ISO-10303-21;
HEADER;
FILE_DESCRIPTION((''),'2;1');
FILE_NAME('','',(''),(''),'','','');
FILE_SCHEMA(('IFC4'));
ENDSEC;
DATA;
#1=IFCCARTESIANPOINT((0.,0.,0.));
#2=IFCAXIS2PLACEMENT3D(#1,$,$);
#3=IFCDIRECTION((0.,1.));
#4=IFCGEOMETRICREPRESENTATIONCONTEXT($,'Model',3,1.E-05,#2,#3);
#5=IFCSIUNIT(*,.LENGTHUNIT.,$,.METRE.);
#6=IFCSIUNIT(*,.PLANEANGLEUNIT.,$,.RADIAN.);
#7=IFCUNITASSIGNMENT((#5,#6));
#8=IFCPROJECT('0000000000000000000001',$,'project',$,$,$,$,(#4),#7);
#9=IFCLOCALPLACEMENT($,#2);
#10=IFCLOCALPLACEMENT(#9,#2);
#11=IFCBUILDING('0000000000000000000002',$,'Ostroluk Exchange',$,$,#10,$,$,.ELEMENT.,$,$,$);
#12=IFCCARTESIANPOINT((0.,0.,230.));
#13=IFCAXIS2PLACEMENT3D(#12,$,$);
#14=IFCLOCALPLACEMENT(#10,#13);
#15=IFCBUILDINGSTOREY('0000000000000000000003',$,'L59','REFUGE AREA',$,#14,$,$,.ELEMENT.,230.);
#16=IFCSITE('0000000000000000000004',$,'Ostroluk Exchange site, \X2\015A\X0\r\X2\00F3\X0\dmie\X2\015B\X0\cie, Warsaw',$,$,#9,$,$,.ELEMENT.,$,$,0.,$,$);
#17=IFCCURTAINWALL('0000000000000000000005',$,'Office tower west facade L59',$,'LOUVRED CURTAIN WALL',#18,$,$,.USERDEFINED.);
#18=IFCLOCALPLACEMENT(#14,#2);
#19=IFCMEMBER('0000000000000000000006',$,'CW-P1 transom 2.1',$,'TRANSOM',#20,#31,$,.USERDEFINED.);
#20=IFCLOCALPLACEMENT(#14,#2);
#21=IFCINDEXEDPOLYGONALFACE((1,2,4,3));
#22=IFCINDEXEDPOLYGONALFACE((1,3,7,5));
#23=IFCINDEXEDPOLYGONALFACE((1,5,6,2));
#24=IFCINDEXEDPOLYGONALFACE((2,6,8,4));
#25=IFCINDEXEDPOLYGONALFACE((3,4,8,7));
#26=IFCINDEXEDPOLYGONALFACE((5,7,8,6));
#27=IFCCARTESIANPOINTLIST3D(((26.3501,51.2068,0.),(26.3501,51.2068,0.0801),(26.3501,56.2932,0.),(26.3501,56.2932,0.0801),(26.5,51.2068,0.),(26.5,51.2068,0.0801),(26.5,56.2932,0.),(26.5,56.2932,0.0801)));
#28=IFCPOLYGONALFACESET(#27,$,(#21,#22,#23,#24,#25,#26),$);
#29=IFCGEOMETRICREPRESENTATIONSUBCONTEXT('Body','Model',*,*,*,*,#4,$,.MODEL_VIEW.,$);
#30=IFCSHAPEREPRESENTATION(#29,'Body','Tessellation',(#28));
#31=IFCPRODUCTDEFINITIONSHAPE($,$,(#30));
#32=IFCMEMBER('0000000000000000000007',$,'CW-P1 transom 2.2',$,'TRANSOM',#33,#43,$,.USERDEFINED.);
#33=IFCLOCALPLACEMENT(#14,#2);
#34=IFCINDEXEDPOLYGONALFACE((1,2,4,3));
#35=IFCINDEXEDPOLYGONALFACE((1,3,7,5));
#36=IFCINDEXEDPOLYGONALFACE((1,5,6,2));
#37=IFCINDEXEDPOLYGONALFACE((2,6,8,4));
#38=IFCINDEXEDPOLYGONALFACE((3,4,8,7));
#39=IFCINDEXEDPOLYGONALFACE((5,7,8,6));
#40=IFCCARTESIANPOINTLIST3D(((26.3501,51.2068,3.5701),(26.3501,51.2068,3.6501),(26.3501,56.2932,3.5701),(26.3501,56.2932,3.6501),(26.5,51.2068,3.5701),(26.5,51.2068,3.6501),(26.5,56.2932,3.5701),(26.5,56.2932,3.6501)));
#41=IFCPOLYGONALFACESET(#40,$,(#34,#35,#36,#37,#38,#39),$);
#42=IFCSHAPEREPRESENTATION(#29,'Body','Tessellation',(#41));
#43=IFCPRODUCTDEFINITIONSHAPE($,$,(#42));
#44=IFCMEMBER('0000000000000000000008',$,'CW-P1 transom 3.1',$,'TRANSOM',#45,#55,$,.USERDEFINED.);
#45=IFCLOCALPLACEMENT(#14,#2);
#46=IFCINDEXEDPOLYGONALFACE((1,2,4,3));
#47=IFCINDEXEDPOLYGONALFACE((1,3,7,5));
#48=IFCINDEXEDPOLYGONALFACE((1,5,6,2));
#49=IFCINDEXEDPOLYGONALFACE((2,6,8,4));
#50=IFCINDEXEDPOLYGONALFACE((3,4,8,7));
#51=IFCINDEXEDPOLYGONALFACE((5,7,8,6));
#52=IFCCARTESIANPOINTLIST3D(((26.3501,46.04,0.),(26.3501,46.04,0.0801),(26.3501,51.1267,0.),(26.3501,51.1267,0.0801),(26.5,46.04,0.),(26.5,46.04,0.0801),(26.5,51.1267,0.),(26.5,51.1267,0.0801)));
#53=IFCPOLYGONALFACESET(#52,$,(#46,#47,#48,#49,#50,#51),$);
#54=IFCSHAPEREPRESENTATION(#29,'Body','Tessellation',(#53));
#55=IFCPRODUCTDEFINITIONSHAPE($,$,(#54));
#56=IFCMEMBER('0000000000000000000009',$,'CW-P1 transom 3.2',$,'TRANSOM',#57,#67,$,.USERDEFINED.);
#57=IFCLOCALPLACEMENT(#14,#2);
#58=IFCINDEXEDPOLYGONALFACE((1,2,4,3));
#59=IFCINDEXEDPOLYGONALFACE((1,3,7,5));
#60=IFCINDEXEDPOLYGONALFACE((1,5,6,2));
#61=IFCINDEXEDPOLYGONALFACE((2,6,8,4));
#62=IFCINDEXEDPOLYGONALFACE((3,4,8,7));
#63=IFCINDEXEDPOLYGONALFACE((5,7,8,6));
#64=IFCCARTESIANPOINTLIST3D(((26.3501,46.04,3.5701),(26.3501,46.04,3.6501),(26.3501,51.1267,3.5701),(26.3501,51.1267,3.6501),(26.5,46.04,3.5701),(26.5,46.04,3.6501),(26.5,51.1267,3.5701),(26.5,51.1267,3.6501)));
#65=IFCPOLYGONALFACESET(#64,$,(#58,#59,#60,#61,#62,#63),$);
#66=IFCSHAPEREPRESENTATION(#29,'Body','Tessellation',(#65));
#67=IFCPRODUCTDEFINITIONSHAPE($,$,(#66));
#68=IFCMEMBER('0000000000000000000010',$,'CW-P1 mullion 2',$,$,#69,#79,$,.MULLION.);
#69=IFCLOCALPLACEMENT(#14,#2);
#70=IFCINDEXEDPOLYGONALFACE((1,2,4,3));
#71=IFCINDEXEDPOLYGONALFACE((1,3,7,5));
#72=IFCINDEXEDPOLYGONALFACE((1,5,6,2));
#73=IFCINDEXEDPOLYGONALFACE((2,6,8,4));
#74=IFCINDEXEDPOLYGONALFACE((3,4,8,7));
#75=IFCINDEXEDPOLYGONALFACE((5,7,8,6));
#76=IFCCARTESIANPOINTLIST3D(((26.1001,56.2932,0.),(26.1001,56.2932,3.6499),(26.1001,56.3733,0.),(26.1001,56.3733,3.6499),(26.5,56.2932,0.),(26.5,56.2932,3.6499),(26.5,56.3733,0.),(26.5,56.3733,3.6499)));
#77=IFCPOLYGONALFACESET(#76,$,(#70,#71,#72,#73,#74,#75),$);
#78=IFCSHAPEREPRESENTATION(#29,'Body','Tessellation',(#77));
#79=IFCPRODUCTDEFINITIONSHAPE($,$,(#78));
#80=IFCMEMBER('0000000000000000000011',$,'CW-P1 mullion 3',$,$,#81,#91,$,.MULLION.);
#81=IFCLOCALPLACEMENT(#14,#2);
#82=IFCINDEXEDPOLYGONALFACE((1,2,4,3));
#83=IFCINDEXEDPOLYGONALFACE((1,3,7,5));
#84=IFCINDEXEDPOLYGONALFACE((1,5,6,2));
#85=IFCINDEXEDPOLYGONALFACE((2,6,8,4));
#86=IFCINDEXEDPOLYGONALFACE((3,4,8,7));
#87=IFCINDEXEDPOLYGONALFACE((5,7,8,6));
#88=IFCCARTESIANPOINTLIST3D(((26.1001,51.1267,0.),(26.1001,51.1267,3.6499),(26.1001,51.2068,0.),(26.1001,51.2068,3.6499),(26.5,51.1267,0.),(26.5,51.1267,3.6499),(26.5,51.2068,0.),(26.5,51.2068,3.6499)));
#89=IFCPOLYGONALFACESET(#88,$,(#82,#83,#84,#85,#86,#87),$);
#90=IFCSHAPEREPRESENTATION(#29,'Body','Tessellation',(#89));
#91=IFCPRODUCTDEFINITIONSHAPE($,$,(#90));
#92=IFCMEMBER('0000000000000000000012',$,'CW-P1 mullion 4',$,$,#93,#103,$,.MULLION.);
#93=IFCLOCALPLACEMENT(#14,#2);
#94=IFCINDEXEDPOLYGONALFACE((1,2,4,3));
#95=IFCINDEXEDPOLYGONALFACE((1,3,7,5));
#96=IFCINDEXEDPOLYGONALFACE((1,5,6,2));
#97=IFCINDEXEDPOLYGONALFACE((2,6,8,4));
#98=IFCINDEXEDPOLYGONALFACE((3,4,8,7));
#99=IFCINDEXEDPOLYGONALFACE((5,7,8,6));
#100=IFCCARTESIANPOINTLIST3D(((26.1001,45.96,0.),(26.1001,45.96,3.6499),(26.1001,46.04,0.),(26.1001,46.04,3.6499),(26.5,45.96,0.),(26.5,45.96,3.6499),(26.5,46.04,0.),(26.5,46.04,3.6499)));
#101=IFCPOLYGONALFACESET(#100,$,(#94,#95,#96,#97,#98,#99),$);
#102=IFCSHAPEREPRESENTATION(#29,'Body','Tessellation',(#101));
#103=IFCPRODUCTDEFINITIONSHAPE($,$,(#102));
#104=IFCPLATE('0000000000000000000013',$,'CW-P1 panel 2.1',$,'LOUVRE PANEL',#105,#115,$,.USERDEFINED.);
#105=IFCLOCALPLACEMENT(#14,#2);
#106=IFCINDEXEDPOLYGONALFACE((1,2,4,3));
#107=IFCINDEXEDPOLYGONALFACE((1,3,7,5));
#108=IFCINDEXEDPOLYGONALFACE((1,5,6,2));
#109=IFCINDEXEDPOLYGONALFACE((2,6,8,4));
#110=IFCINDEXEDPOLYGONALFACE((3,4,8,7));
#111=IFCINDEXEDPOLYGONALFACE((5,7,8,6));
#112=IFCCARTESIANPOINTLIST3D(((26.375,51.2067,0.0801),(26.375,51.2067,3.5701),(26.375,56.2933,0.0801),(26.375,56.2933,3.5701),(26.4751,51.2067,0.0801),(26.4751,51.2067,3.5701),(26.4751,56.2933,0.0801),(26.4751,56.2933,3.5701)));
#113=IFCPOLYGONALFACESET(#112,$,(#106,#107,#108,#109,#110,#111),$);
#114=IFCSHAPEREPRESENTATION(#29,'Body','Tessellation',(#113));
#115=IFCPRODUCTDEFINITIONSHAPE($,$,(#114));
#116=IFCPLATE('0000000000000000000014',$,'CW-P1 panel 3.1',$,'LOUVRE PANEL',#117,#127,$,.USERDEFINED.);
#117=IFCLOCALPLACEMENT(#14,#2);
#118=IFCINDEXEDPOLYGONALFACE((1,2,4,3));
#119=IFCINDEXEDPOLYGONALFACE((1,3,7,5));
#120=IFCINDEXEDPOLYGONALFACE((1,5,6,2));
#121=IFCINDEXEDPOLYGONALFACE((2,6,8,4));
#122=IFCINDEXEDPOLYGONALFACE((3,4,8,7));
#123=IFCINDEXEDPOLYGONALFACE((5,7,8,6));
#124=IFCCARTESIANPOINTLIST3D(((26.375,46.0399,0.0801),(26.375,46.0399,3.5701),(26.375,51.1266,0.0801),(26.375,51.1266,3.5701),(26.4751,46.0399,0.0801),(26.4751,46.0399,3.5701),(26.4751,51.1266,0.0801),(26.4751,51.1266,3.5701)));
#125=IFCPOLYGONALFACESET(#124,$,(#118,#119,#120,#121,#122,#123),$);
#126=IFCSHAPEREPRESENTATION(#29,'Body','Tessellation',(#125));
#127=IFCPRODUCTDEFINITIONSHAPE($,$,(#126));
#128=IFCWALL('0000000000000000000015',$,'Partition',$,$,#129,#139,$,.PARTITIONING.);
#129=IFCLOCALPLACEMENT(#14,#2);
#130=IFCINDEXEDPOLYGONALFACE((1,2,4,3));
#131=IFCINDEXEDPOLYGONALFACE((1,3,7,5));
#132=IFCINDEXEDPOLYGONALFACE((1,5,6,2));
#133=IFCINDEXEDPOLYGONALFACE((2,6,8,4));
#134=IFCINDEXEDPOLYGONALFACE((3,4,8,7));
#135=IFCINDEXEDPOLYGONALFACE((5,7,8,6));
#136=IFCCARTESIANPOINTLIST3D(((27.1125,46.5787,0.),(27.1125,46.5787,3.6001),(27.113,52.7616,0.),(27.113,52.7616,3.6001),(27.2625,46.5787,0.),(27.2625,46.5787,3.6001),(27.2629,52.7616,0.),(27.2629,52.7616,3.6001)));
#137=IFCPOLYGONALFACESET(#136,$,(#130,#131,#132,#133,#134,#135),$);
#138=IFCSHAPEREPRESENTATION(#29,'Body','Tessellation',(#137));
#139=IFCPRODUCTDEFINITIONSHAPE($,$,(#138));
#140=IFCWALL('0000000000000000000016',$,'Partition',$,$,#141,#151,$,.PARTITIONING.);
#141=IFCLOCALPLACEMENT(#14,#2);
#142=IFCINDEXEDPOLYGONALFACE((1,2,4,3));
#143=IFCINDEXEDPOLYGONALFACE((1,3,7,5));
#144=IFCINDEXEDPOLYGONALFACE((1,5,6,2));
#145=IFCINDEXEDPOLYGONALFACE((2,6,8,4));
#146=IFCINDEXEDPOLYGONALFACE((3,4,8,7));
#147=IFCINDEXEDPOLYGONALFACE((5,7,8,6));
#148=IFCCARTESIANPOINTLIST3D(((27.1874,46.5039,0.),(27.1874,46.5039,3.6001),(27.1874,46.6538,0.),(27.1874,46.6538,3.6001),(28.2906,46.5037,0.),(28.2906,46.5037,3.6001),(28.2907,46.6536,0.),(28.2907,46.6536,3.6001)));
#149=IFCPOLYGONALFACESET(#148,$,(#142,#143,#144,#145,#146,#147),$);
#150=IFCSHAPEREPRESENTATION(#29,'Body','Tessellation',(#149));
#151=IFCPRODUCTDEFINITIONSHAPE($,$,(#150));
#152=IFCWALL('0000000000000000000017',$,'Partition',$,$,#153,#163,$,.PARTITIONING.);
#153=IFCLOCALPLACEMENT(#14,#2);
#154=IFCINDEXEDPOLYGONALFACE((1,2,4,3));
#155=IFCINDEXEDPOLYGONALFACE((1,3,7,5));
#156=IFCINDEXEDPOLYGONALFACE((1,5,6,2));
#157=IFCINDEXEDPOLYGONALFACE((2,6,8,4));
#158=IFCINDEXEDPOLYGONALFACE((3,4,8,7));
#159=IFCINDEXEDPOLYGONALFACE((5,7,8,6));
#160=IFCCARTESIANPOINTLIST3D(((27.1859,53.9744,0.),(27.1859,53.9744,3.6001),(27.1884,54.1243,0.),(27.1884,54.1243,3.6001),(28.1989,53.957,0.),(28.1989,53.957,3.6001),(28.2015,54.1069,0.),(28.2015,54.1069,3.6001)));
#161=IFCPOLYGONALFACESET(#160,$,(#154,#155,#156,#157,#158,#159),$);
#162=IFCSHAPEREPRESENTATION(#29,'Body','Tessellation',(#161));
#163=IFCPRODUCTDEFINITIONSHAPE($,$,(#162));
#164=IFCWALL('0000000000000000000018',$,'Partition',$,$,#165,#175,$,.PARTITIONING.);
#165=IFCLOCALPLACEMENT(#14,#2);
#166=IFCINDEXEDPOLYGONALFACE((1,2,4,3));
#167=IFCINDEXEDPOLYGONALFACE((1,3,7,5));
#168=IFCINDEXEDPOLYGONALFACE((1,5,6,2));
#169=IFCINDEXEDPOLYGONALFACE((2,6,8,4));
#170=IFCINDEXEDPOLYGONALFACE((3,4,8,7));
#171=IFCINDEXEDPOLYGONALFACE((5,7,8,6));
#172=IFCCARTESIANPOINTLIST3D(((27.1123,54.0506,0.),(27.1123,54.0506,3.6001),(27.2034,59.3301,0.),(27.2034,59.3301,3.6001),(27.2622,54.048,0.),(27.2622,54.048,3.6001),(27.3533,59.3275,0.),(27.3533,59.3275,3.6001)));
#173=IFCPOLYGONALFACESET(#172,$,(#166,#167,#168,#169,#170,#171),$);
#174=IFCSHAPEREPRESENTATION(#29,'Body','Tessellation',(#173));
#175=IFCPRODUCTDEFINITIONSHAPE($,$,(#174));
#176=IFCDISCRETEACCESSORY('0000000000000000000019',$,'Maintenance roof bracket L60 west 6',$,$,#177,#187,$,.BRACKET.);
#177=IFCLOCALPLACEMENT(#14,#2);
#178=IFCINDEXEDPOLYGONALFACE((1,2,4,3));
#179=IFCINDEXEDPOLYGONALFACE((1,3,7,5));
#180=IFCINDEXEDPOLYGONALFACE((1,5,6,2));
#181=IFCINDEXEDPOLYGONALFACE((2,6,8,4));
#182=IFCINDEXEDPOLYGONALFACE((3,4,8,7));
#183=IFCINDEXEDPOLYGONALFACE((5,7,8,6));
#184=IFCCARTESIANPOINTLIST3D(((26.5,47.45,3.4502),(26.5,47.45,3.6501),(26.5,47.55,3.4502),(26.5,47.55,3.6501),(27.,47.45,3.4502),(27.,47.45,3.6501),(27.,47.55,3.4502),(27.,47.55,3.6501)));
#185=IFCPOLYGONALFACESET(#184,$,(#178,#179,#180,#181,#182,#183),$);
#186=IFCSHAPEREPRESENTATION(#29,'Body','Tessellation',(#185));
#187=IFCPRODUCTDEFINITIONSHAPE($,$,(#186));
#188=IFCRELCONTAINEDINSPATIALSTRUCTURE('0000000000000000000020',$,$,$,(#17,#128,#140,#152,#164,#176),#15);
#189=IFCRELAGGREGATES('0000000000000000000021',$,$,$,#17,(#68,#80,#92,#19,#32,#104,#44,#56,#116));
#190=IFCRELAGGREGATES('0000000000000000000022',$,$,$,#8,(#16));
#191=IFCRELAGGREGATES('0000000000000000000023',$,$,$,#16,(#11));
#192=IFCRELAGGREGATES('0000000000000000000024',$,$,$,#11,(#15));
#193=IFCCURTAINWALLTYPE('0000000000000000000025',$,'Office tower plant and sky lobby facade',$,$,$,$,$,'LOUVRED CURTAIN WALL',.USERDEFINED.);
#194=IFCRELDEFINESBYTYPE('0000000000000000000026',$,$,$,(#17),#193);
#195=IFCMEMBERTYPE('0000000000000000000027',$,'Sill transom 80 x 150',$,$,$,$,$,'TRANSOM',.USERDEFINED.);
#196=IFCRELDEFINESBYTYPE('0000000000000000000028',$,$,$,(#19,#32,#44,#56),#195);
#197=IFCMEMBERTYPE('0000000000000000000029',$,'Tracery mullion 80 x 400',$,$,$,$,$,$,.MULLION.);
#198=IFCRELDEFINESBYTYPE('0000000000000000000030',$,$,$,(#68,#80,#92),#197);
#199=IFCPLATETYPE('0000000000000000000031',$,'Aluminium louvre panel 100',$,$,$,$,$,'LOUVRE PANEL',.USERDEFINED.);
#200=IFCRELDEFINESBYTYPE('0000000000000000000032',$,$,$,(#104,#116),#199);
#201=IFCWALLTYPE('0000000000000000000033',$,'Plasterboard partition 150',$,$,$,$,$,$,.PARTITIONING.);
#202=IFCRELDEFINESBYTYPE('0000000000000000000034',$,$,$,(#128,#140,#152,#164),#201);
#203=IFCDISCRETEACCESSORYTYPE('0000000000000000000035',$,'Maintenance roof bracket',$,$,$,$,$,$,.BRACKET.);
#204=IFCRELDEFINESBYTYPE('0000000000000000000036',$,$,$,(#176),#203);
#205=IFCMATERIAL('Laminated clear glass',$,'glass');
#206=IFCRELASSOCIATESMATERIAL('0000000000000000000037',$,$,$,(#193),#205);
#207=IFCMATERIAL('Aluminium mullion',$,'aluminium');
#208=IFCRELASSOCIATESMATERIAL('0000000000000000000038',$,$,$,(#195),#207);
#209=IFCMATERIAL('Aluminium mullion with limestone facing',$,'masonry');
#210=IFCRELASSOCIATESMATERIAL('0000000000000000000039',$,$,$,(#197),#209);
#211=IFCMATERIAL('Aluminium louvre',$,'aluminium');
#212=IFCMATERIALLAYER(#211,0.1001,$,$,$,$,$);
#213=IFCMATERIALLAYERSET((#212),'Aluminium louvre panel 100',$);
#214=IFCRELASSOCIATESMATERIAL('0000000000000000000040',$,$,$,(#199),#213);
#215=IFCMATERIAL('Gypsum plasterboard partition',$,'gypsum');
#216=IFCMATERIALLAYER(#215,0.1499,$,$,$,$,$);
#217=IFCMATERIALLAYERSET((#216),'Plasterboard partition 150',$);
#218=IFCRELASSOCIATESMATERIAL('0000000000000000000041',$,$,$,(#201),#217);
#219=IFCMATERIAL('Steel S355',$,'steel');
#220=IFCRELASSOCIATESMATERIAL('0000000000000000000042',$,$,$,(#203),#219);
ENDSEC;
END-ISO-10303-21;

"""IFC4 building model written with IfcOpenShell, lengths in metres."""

from ifc_helpers import new_model, si_unit, direction, frame, frame_2d, origin, origin_2d, place, context, subcontext, project, spatial, rectangle, extrude, material, layer, layer_set, material_profile, profile_set, type_object, element, aggregate, save


model = new_model("IFC4")

# Units and contexts
model_context = context("Model", 3, precision=1e-05, world=origin(), true_north=direction((0.0, 1.0)))
body_context = subcontext(model_context, "Body", "Model", "MODEL_VIEW")
ifc_project = project(units=[si_unit("LENGTHUNIT", "METRE"), si_unit("PLANEANGLEUNIT", "RADIAN")], contexts=[model_context])

# Site, building, storey
site_placement = place(None, origin())
site = spatial("IfcSite", under=ifc_project, at=site_placement, Name="Ostroluk Exchange site, Śródmieście, Warsaw", CompositionType="ELEMENT", RefElevation=0.0)
building_placement = place(site_placement, origin())
building = spatial("IfcBuilding", under=site, at=building_placement, Name="Ostroluk Exchange", CompositionType="ELEMENT")
storey_placement = place(building_placement, frame((0.0, 0.0, 230.0)))
storey = spatial("IfcBuildingStorey", under=building, at=storey_placement, Name="L59", Description="REFUGE AREA", CompositionType="ELEMENT", Elevation=230.0)

# Curtain wall, members, plates
ifc_material_1 = material(Name="Laminated clear glass", Category="glass")
curtain_wall_type = type_object("IfcCurtainWallType", Name="Office tower plant and sky lobby facade", ElementType="LOUVRED CURTAIN WALL", PredefinedType="USERDEFINED", material=ifc_material_1)
curtain_wall_placement = place(storey_placement, origin())
curtain_wall = element("IfcCurtainWall", 1, at=curtain_wall_placement, inside=storey, type_object=curtain_wall_type, Name="Office tower west facade L59", ObjectType="LOUVRED CURTAIN WALL", PredefinedType="USERDEFINED")
ifc_material_2 = material(Name="Aluminium mullion", Category="aluminium")
ifc_material_profile_1 = material_profile(ifc_material_2, rectangle(XDim=0.1499, YDim=0.0801, at=origin_2d()), Name="Sill transom 80 x 150")
ifc_profile_set_1 = profile_set([ifc_material_profile_1], Name="Aluminium mullion")
member_type_1 = type_object("IfcMemberType", Name="Sill transom 80 x 150", ElementType="TRANSOM", PredefinedType="USERDEFINED", material=ifc_profile_set_1)
member_1_placement = place(storey_placement, frame((26.425, 56.2932, 0.04), z_axis=(0.0, -1.0, 0.0), x_axis=(1.0, 0.0, 0.0)))
member_1 = element("IfcMember", 2, at=member_1_placement, type_object=member_type_1, Name="CW-P1 transom 2.1", ObjectType="TRANSOM", PredefinedType="USERDEFINED", context=body_context, shape_type="SweptSolid", body=[
    extrude(rectangle(XDim=0.1499, YDim=0.0801, at=origin_2d()), origin(), (0.0, 0.0, 1.0), 5.0864),
])
member_2_placement = place(storey_placement, frame((26.425, 56.2932, 3.6101), z_axis=(0.0, -1.0, 0.0), x_axis=(1.0, 0.0, 0.0)))
member_2 = element("IfcMember", 3, at=member_2_placement, type_object=member_type_1, Name="CW-P1 transom 2.2", ObjectType="TRANSOM", PredefinedType="USERDEFINED", context=body_context, shape_type="SweptSolid", body=[
    extrude(rectangle(XDim=0.1499, YDim=0.0801, at=origin_2d()), origin(), (0.0, 0.0, 1.0), 5.0864),
])
member_3_placement = place(storey_placement, frame((26.425, 51.1267, 0.04), z_axis=(0.0, -1.0, 0.0), x_axis=(1.0, 0.0, 0.0)))
member_3 = element("IfcMember", 4, at=member_3_placement, type_object=member_type_1, Name="CW-P1 transom 3.1", ObjectType="TRANSOM", PredefinedType="USERDEFINED", context=body_context, shape_type="SweptSolid", body=[
    extrude(rectangle(XDim=0.1499, YDim=0.0801, at=origin_2d()), origin(), (0.0, 0.0, 1.0), 5.0867),
])
member_4_placement = place(storey_placement, frame((26.425, 51.1267, 3.6101), z_axis=(0.0, -1.0, 0.0), x_axis=(1.0, 0.0, 0.0)))
member_4 = element("IfcMember", 5, at=member_4_placement, type_object=member_type_1, Name="CW-P1 transom 3.2", ObjectType="TRANSOM", PredefinedType="USERDEFINED", context=body_context, shape_type="SweptSolid", body=[
    extrude(rectangle(XDim=0.1499, YDim=0.0801, at=origin_2d()), origin(), (0.0, 0.0, 1.0), 5.0867),
])
ifc_material_3 = material(Name="Aluminium mullion with limestone facing", Category="masonry")
ifc_material_profile_2 = material_profile(ifc_material_3, rectangle(XDim=0.3999, YDim=0.0801, at=origin_2d()), Name="Tracery mullion 80 x 400")
ifc_profile_set_2 = profile_set([ifc_material_profile_2], Name="Aluminium mullion with limestone facing")
member_type_2 = type_object("IfcMemberType", Name="Tracery mullion 80 x 400", PredefinedType="MULLION", material=ifc_profile_set_2)
member_5_placement = place(storey_placement, frame((26.3, 56.3333, 0.0), z_axis=(0.0, 0.0, 1.0), x_axis=(1.0, 0.0, 0.0)))
member_5 = element("IfcMember", 6, at=member_5_placement, type_object=member_type_2, Name="CW-P1 mullion 2", PredefinedType="MULLION", context=body_context, shape_type="SweptSolid", body=[
    extrude(rectangle(XDim=0.3999, YDim=0.0801, at=origin_2d()), origin(), (0.0, 0.0, 1.0), 3.6499),
])
member_6_placement = place(storey_placement, frame((26.3, 51.1667, 0.0), z_axis=(0.0, 0.0, 1.0), x_axis=(1.0, 0.0, 0.0)))
member_6 = element("IfcMember", 7, at=member_6_placement, type_object=member_type_2, Name="CW-P1 mullion 3", PredefinedType="MULLION", context=body_context, shape_type="SweptSolid", body=[
    extrude(rectangle(XDim=0.3999, YDim=0.0801, at=origin_2d()), origin(), (0.0, 0.0, 1.0), 3.6499),
])
member_7_placement = place(storey_placement, frame((26.3, 46.0, 0.0), z_axis=(0.0, 0.0, 1.0), x_axis=(1.0, 0.0, 0.0)))
member_7 = element("IfcMember", 8, at=member_7_placement, type_object=member_type_2, Name="CW-P1 mullion 4", PredefinedType="MULLION", context=body_context, shape_type="SweptSolid", body=[
    extrude(rectangle(XDim=0.3999, YDim=0.0801, at=origin_2d()), origin(), (0.0, 0.0, 1.0), 3.6499),
])
ifc_material_4 = material(Name="Aluminium louvre", Category="aluminium")
ifc_layer_1 = layer(ifc_material_4, 0.1001)
ifc_layer_set_1 = layer_set([ifc_layer_1], Name="Aluminium louvre panel 100")
plate_type = type_object("IfcPlateType", Name="Aluminium louvre panel 100", ElementType="LOUVRE PANEL", PredefinedType="USERDEFINED", material=ifc_layer_set_1)
plate_1_placement = place(storey_placement, frame((26.425, 53.75, 0.0801), z_axis=(0.0, 0.0, 1.0), x_axis=(0.0, -1.0, 0.0)))
plate_1 = element("IfcPlate", 9, at=plate_1_placement, type_object=plate_type, Name="CW-P1 panel 2.1", ObjectType="LOUVRE PANEL", PredefinedType="USERDEFINED", context=body_context, shape_type="SweptSolid", body=[
    extrude(rectangle(XDim=5.0867, YDim=0.1001, at=origin_2d()), origin(), (0.0, 0.0, 1.0), 3.49),
])
plate_2_placement = place(storey_placement, frame((26.425, 48.5833, 0.0801), z_axis=(0.0, 0.0, 1.0), x_axis=(0.0, -1.0, 0.0)))
plate_2 = element("IfcPlate", 10, at=plate_2_placement, type_object=plate_type, Name="CW-P1 panel 3.1", ObjectType="LOUVRE PANEL", PredefinedType="USERDEFINED", context=body_context, shape_type="SweptSolid", body=[
    extrude(rectangle(XDim=5.0867, YDim=0.1001, at=origin_2d()), origin(), (0.0, 0.0, 1.0), 3.49),
])
aggregate(curtain_wall, [member_5, member_6, member_7, member_1, member_2, plate_1, member_3, member_4, plate_2])

# Walls
ifc_material_5 = material(Name="Gypsum plasterboard partition", Category="gypsum")
ifc_layer_2 = layer(ifc_material_5, 0.1499)
ifc_layer_set_2 = layer_set([ifc_layer_2], Name="Plasterboard partition 150")
wall_type = type_object("IfcWallType", Name="Plasterboard partition 150", PredefinedType="PARTITIONING", material=ifc_layer_set_2)
wall_1_placement = place(storey_placement, frame((27.1875, 46.5789, 0.0), z_axis=(0.0, 0.0, 1.0), x_axis=(0.000079, 1.0, 0.0)))
element("IfcWall", 11, at=wall_1_placement, inside=storey, type_object=wall_type, Name="Partition", PredefinedType="PARTITIONING", context=body_context, shape_type="SweptSolid", body=[
    extrude(rectangle(XDim=6.1829, YDim=0.1499, at=frame_2d((3.0913, 0.0))), origin(), (0.0, 0.0, 1.0), 3.6001),
])
wall_2_placement = place(storey_placement, frame((28.2908, 46.5786, 0.0), z_axis=(0.0, 0.0, 1.0), x_axis=(-1.0, 0.000221, 0.0)))
element("IfcWall", 12, at=wall_2_placement, inside=storey, type_object=wall_type, Name="Partition", PredefinedType="PARTITIONING", context=body_context, shape_type="SweptSolid", body=[
    extrude(rectangle(XDim=1.1033, YDim=0.1499, at=frame_2d((0.5518, 0.0))), origin(), (0.0, 0.0, 1.0), 3.6001),
])
wall_3_placement = place(storey_placement, frame((28.2002, 54.032, 0.0), z_axis=(0.0, 0.0, 1.0), x_axis=(-0.999854, 0.01711, 0.0)))
element("IfcWall", 13, at=wall_3_placement, inside=storey, type_object=wall_type, Name="Partition", PredefinedType="PARTITIONING", context=body_context, shape_type="SweptSolid", body=[
    extrude(rectangle(XDim=1.0132, YDim=0.1499, at=frame_2d((0.5066, 0.0))), origin(), (0.0, 0.0, 1.0), 3.6001),
])
wall_4_placement = place(storey_placement, frame((27.1873, 54.0493, 0.0), z_axis=(0.0, 0.0, 1.0), x_axis=(0.017246, 0.999851, 0.0)))
element("IfcWall", 14, at=wall_4_placement, inside=storey, type_object=wall_type, Name="Partition", PredefinedType="PARTITIONING", context=body_context, shape_type="SweptSolid", body=[
    extrude(rectangle(XDim=5.2803, YDim=0.1499, at=frame_2d((2.6401, 0.0))), origin(), (0.0, 0.0, 1.0), 3.6001),
])

# Discrete accessory
ifc_material_6 = material(Name="Steel S355", Category="steel")
discrete_accessory_type = type_object("IfcDiscreteAccessoryType", Name="Maintenance roof bracket", PredefinedType="BRACKET", material=ifc_material_6)
for number, where, z_axis, x_axis, name in (
    (15, (26.75, 47.5, 3.4502), (0.0, 0.0, 1.0), (1.0, 0.0, 0.0), "Maintenance roof bracket L60 west 6"),
):
    element("IfcDiscreteAccessory", number, at=place(storey_placement, frame(where, z_axis=z_axis, x_axis=x_axis)), inside=storey, type_object=discrete_accessory_type, Name=name, PredefinedType="BRACKET", context=body_context, shape_type="SweptSolid", body=[
        extrude(rectangle(XDim=0.5, YDim=0.1001, at=origin_2d()), origin(), (0.0, 0.0, 1.0), 0.2),
    ])

save(model, "model.ifc")
